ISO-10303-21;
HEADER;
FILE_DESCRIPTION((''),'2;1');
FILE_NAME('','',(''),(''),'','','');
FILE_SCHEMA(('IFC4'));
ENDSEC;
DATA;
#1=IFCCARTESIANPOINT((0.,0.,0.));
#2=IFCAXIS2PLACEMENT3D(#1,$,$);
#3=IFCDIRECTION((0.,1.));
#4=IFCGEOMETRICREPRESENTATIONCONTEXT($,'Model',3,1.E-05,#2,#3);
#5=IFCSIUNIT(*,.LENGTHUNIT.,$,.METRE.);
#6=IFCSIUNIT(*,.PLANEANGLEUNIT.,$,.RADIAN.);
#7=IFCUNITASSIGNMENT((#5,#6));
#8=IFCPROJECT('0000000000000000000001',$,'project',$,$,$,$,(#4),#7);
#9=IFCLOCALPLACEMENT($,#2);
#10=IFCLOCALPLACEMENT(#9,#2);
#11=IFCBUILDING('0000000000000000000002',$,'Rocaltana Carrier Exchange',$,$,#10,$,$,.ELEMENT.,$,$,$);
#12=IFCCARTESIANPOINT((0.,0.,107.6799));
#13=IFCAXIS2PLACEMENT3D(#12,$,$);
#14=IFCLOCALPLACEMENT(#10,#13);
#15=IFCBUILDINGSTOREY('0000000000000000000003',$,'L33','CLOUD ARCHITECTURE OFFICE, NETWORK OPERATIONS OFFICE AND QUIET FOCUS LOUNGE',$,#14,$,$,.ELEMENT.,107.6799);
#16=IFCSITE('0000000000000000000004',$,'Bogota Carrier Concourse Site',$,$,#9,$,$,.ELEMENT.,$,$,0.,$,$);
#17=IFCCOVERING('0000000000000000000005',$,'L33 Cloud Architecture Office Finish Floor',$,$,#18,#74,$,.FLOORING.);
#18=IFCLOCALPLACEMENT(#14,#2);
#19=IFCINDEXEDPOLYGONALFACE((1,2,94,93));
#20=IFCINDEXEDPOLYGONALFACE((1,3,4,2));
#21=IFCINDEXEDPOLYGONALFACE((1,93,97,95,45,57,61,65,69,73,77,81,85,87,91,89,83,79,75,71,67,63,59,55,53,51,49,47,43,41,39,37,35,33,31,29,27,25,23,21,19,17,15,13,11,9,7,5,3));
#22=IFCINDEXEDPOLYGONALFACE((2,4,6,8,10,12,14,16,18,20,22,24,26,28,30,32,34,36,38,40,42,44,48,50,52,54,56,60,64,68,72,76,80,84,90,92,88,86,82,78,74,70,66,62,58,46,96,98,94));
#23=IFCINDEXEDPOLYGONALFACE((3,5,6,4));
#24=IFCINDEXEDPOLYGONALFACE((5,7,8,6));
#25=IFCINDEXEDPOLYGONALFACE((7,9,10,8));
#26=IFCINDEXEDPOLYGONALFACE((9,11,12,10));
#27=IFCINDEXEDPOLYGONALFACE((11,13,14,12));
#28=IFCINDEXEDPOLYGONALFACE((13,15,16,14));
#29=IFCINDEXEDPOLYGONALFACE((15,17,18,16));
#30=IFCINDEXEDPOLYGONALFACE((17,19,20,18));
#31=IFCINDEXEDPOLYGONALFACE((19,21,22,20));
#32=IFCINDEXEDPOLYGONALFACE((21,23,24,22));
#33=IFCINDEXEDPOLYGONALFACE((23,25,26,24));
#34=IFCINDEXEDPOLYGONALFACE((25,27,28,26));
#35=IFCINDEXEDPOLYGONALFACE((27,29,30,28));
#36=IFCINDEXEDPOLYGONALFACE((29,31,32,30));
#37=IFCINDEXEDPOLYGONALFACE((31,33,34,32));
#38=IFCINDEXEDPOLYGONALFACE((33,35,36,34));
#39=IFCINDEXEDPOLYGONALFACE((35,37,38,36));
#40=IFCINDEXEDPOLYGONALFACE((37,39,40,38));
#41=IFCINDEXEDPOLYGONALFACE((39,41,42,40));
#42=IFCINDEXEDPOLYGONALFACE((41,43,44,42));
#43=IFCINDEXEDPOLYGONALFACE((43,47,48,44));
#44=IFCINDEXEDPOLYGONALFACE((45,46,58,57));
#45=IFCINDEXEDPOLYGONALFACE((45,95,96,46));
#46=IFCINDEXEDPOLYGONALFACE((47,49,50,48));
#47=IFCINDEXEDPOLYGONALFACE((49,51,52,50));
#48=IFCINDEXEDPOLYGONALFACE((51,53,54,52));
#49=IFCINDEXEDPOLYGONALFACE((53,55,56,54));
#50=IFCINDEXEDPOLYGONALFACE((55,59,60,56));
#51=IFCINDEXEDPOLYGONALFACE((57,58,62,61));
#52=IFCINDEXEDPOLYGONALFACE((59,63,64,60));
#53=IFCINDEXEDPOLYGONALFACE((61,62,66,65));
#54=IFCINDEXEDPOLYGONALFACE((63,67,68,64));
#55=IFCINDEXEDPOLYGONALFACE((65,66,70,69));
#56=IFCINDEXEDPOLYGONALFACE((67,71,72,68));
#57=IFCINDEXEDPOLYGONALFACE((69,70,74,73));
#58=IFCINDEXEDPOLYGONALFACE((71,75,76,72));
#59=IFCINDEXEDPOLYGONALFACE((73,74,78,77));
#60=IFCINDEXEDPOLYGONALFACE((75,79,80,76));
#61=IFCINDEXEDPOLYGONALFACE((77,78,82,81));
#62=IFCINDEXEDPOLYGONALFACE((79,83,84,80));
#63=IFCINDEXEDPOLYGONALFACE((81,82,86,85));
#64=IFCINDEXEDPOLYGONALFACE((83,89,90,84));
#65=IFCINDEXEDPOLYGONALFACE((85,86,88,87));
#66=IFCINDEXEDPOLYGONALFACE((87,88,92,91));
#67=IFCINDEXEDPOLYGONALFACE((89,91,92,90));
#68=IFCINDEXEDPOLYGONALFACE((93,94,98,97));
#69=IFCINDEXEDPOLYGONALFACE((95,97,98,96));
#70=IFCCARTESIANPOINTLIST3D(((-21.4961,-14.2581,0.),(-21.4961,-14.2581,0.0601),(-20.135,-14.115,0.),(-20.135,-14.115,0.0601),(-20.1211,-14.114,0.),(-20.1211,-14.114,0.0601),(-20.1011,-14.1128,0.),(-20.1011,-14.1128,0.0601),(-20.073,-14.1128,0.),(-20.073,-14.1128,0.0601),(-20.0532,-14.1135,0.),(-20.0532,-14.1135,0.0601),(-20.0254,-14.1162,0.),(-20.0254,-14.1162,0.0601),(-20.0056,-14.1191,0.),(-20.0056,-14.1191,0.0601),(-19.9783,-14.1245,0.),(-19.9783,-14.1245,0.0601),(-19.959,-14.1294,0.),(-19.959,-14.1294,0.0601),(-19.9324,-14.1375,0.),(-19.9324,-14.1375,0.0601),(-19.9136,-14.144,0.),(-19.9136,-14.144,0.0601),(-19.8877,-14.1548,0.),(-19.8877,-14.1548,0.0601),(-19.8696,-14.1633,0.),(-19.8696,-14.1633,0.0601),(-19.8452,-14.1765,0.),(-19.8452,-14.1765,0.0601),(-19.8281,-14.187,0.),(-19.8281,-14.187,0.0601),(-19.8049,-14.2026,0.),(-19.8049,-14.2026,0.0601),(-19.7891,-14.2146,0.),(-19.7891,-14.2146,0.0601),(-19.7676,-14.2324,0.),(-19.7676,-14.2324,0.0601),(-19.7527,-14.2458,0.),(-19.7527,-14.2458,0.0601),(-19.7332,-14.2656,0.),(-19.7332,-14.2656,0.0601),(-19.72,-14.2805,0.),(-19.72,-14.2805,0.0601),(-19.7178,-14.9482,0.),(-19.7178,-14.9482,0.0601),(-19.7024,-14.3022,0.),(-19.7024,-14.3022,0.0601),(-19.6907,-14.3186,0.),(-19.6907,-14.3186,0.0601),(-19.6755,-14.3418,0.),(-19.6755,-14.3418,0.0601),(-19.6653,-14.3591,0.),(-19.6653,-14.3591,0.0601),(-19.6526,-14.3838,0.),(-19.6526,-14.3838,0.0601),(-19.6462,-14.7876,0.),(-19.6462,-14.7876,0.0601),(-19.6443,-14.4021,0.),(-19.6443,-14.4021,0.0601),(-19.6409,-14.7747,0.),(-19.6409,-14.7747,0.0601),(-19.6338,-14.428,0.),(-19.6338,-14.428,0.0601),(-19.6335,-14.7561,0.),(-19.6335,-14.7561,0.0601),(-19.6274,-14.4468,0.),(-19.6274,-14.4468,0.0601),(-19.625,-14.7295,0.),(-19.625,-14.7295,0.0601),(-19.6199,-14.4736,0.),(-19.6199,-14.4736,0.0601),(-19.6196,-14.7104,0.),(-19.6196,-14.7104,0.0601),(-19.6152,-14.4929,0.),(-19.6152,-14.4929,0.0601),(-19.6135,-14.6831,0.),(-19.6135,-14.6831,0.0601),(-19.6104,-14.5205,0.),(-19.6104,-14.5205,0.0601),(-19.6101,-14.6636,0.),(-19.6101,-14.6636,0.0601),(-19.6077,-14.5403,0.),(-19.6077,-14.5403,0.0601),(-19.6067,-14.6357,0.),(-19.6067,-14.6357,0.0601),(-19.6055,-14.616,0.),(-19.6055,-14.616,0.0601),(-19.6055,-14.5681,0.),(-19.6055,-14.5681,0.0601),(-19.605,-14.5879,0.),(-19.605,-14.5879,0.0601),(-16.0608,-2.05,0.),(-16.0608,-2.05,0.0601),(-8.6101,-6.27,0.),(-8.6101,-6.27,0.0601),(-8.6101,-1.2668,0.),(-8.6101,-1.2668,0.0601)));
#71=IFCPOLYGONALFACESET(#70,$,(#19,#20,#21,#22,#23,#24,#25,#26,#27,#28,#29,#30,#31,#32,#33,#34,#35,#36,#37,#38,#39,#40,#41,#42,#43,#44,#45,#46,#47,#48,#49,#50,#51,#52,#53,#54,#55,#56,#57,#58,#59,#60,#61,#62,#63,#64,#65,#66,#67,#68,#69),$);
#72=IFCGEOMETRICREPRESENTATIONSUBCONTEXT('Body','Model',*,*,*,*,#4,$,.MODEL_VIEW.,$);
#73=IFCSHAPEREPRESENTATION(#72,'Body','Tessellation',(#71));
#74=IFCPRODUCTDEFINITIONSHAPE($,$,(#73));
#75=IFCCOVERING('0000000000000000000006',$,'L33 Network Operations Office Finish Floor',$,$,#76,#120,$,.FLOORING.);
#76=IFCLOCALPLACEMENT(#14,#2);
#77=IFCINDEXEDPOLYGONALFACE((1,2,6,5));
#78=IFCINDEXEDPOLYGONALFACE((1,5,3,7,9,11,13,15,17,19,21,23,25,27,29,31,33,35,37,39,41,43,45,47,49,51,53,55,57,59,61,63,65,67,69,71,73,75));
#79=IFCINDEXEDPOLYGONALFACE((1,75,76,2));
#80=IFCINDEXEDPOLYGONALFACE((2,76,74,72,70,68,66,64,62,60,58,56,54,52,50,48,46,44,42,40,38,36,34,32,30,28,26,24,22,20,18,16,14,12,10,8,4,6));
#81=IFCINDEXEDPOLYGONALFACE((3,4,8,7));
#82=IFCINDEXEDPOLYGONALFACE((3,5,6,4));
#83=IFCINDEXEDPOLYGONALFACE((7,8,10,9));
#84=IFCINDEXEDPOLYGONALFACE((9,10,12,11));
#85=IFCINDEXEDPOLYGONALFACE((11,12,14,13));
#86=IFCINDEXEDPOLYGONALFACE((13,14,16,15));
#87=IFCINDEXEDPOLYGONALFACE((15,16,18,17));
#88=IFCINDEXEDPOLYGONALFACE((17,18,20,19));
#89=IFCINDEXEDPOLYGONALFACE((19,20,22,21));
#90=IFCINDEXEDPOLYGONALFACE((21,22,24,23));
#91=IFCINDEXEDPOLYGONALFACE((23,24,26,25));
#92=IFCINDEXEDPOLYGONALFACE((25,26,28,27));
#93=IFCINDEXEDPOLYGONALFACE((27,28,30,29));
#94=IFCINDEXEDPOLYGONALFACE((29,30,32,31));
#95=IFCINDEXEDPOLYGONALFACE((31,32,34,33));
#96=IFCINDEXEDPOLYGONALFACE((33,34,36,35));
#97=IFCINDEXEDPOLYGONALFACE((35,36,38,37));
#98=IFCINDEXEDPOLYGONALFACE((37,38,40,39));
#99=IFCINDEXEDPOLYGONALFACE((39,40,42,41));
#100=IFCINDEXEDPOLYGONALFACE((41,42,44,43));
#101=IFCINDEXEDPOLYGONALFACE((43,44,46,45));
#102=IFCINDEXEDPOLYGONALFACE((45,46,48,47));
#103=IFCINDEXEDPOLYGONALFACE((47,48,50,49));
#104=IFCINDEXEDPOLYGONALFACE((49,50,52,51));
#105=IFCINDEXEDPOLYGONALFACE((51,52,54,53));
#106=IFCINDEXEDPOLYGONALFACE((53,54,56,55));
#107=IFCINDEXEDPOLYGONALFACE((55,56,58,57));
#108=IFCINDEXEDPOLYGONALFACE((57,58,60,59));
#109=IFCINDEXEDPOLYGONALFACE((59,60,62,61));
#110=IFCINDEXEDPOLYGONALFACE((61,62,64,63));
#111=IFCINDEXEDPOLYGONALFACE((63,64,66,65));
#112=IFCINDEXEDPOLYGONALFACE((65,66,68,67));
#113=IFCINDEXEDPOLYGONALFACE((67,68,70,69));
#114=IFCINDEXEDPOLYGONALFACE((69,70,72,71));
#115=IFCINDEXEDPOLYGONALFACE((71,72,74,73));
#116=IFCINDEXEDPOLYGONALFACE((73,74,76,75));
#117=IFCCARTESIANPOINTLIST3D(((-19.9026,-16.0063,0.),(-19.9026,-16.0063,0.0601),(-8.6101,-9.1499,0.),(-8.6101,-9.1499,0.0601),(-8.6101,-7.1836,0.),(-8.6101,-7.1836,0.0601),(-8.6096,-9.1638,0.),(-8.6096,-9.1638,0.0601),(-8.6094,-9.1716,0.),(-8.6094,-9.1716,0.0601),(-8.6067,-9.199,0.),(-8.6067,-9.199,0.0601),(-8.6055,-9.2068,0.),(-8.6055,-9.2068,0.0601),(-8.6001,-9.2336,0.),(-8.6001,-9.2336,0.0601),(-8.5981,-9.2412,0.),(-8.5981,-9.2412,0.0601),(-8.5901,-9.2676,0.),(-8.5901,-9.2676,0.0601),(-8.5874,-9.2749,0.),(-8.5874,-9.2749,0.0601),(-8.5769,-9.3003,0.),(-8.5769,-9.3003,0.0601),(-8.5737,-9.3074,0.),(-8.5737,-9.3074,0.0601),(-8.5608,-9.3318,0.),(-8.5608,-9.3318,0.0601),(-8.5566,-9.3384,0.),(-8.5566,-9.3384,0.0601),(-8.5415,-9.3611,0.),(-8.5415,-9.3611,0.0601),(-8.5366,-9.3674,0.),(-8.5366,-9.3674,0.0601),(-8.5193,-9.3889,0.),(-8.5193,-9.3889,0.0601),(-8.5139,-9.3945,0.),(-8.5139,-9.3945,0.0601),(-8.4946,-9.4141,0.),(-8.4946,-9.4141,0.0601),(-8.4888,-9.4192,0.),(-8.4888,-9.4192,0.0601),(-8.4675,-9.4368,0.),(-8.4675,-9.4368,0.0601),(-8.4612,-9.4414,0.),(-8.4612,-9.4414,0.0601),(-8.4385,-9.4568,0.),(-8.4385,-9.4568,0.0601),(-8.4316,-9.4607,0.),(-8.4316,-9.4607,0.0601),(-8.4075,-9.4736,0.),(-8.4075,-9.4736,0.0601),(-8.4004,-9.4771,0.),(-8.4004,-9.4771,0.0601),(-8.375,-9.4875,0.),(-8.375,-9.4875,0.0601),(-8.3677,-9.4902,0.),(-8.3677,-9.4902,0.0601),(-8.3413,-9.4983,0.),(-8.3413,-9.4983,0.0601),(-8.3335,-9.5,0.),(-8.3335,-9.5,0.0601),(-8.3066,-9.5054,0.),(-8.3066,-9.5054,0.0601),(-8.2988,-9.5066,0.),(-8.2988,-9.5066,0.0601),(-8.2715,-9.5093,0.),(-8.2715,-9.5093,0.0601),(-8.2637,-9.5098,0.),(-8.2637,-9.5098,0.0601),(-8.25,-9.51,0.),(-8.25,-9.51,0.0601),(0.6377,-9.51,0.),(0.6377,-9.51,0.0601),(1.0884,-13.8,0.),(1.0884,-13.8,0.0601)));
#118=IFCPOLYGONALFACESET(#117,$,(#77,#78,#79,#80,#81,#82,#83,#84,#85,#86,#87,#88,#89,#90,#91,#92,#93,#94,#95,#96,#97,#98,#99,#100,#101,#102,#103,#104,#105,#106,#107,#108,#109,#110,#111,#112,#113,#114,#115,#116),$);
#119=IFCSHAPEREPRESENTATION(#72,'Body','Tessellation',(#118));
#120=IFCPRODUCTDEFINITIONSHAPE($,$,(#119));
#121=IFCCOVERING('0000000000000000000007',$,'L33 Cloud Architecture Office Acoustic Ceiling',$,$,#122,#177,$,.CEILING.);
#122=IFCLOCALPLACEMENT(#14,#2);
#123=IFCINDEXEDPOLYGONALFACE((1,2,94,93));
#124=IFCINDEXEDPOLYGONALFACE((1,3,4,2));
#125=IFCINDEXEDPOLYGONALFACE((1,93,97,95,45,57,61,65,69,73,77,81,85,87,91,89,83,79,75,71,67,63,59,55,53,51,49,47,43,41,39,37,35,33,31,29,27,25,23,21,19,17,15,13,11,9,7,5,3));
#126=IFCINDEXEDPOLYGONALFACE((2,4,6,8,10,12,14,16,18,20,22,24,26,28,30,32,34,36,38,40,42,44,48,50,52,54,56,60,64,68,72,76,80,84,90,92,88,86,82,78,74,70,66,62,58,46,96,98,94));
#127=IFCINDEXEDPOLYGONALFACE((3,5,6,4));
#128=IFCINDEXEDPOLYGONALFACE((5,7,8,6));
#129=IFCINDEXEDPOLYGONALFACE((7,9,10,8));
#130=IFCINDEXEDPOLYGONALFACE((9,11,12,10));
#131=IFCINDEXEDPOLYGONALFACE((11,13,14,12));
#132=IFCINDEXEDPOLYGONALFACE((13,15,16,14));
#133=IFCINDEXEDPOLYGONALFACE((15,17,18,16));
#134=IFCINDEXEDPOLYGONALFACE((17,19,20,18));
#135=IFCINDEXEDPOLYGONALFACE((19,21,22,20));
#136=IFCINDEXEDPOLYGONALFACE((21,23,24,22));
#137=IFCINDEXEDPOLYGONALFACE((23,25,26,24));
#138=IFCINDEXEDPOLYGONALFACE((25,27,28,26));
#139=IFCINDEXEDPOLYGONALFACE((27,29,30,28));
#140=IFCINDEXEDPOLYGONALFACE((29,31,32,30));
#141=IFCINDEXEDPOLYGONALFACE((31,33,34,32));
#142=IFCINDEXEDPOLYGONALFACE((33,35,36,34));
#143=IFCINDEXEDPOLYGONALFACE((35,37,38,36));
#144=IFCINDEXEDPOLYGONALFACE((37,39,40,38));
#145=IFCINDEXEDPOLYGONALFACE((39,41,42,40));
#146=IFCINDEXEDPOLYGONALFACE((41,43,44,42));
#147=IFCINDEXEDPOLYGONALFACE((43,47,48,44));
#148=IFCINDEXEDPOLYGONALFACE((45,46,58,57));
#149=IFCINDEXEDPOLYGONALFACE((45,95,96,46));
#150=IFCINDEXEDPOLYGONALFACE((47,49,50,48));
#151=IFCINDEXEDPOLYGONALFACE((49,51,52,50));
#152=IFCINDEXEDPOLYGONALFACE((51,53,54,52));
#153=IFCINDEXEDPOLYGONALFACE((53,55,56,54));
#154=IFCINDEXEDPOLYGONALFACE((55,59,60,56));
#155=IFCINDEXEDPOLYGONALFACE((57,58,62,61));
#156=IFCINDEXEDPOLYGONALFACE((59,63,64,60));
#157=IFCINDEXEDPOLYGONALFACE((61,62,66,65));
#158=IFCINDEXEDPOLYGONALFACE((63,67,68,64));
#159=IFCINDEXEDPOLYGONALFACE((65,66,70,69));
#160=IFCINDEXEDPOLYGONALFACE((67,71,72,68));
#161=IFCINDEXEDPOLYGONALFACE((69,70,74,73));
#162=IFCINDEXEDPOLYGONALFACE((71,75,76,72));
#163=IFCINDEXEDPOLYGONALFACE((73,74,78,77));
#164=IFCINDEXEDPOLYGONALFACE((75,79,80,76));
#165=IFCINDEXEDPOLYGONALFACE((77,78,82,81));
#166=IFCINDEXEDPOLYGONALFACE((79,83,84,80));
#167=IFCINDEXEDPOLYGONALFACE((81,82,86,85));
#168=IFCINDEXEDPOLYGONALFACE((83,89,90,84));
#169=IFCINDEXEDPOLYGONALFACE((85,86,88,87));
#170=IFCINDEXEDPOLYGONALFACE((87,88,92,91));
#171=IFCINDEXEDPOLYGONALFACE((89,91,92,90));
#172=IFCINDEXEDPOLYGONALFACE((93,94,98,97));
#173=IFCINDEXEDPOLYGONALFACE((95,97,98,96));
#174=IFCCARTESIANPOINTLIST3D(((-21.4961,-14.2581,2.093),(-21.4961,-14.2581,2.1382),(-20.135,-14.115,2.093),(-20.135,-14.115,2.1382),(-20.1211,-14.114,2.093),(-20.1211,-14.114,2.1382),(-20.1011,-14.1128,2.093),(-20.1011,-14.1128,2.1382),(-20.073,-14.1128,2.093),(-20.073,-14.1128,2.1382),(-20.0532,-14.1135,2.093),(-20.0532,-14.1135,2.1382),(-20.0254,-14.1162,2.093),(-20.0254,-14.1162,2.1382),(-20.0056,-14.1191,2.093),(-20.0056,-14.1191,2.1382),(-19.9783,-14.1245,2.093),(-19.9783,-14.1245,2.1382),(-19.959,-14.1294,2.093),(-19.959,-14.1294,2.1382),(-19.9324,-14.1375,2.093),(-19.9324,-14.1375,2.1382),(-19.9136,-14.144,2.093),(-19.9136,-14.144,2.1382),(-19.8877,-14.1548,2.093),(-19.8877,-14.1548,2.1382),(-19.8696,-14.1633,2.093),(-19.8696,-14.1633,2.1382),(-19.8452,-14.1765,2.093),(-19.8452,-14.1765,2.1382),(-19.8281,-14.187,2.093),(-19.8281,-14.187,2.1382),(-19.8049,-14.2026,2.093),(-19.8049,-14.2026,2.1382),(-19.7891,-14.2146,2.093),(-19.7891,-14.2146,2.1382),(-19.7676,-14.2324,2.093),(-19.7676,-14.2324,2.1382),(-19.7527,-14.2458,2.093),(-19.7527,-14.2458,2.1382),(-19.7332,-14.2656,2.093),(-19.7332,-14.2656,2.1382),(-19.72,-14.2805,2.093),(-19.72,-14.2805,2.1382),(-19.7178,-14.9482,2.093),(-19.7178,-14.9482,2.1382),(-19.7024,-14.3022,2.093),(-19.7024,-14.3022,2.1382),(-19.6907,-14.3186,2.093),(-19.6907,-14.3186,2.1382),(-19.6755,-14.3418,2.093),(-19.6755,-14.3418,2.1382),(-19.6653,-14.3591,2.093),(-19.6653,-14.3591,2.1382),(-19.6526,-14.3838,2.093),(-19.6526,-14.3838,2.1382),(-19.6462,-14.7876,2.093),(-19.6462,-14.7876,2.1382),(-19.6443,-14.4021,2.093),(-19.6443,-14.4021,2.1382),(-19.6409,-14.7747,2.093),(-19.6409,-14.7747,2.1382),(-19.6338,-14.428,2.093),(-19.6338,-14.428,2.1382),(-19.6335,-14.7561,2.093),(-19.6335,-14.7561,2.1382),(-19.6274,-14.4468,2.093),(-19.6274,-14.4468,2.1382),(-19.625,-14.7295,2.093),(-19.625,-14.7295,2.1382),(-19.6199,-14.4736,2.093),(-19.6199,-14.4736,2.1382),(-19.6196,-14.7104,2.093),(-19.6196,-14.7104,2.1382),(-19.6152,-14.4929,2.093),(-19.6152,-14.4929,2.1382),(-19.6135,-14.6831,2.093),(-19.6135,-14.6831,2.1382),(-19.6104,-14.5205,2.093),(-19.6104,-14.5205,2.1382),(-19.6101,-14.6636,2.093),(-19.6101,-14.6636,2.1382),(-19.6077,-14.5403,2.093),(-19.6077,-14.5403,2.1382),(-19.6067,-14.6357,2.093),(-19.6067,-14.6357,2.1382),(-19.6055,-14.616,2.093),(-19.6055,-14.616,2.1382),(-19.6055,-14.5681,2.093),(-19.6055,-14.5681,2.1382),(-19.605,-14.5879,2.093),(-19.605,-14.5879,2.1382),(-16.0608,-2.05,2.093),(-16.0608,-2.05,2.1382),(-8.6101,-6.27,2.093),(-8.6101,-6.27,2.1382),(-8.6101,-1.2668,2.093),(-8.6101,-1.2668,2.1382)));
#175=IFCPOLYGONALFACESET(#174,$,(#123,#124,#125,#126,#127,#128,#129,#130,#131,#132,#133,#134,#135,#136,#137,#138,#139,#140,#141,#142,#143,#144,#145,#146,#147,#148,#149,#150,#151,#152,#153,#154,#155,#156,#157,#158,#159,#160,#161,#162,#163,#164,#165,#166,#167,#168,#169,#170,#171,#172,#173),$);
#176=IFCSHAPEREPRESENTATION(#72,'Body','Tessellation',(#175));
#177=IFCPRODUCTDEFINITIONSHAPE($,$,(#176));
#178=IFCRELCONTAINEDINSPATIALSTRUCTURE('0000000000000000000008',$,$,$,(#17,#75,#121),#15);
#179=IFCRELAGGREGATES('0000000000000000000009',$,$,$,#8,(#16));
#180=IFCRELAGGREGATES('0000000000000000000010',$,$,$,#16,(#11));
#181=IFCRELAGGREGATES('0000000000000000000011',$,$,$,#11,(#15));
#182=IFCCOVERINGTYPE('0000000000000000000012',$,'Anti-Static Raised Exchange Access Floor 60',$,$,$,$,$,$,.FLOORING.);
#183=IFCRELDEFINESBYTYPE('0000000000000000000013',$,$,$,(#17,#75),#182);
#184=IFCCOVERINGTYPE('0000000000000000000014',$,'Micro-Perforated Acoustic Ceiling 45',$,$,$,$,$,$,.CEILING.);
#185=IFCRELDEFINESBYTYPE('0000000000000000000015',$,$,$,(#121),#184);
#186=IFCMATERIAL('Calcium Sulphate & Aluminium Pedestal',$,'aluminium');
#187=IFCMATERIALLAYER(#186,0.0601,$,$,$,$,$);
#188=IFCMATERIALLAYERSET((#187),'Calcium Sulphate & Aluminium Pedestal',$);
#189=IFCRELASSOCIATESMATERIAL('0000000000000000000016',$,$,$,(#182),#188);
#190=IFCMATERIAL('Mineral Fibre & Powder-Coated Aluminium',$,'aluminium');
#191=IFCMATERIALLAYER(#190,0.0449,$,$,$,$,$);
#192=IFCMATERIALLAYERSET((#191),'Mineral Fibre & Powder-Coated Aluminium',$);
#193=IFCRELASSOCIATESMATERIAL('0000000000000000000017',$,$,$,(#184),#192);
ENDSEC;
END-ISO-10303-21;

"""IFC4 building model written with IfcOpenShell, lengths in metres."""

from ifc_helpers import new_model, si_unit, direction, frame, origin, place, context, subcontext, project, spatial, polyline, outline, extrude, material, layer, layer_set, type_object, element, save


model = new_model("IFC4")

# Units and contexts
model_context = context("Model", 3, precision=1e-05, world=origin(), true_north=direction((0.0, 1.0)))
body_context = subcontext(model_context, "Body", "Model", "MODEL_VIEW")
ifc_project = project(units=[si_unit("LENGTHUNIT", "METRE"), si_unit("PLANEANGLEUNIT", "RADIAN")], contexts=[model_context])

# Site, building, storey
site_placement = place(None, origin())
site = spatial("IfcSite", under=ifc_project, at=site_placement, Name="Bogota Carrier Concourse Site", CompositionType="ELEMENT", RefElevation=0.0)
building_placement = place(site_placement, origin())
building = spatial("IfcBuilding", under=site, at=building_placement, Name="Rocaltana Carrier Exchange", CompositionType="ELEMENT")
storey_placement = place(building_placement, frame((0.0, 0.0, 107.6799)))
storey = spatial("IfcBuildingStorey", under=building, at=storey_placement, Name="L33", Description="CLOUD ARCHITECTURE OFFICE, NETWORK OPERATIONS OFFICE AND QUIET FOCUS LOUNGE", CompositionType="ELEMENT", Elevation=107.6799)

# Coverings
ifc_material_1 = material(Name="Calcium Sulphate & Aluminium Pedestal", Category="aluminium")
ifc_layer_1 = layer(ifc_material_1, 0.0601)
ifc_layer_set_1 = layer_set([ifc_layer_1], Name="Calcium Sulphate & Aluminium Pedestal")
covering_type_1 = type_object("IfcCoveringType", Name="Anti-Static Raised Exchange Access Floor 60", PredefinedType="FLOORING", material=ifc_layer_set_1)
covering_1_placement = place(storey_placement, origin())
element("IfcCovering", 1, at=covering_1_placement, inside=storey, type_object=covering_type_1, Name="L33 Cloud Architecture Office Finish Floor", PredefinedType="FLOORING", context=body_context, shape_type="SweptSolid", body=[
    extrude(outline(polyline([(-19.6462, -14.7876), (-19.6409, -14.7747), (-19.6335, -14.7561), (-19.625, -14.7295), (-19.6196, -14.7104), (-19.6135, -14.6831), (-19.6101, -14.6636), (-19.6067, -14.6357), (-19.6055, -14.616), (-19.605, -14.5879), (-19.6055, -14.5681), (-19.6077, -14.5403), (-19.6104, -14.5205), (-19.6152, -14.4929), (-19.6199, -14.4736), (-19.6274, -14.4468), (-19.6338, -14.428), (-19.6443, -14.4021), (-19.6526, -14.3838), (-19.6653, -14.3591), (-19.6755, -14.3418), (-19.6907, -14.3186), (-19.7024, -14.3022), (-19.72, -14.2805), (-19.7332, -14.2656), (-19.7527, -14.2458), (-19.7676, -14.2324), (-19.7891, -14.2146), (-19.8049, -14.2026), (-19.8281, -14.187), (-19.8452, -14.1765), (-19.8696, -14.1633), (-19.8877, -14.1548), (-19.9136, -14.144), (-19.9324, -14.1375), (-19.959, -14.1294), (-19.9783, -14.1245), (-20.0056, -14.1191), (-20.0254, -14.1162), (-20.0532, -14.1135), (-20.073, -14.1128), (-20.1011, -14.1128), (-20.1211, -14.114), (-20.135, -14.115), (-21.4961, -14.2581), (-16.0608, -2.05), (-8.6101, -1.2668), (-8.6101, -6.27), (-19.7178, -14.9482), (-19.6462, -14.7876)])), origin(), (0.0, 0.0, 1.0), 0.0601),
])
covering_2_placement = place(storey_placement, origin())
element("IfcCovering", 2, at=covering_2_placement, inside=storey, type_object=covering_type_1, Name="L33 Network Operations Office Finish Floor", PredefinedType="FLOORING", context=body_context, shape_type="SweptSolid", body=[
    extrude(outline(polyline([(-19.9026, -16.0063), (-8.6101, -7.1836), (-8.6101, -9.1499), (-8.6096, -9.1638), (-8.6094, -9.1716), (-8.6067, -9.199), (-8.6055, -9.2068), (-8.6001, -9.2336), (-8.5981, -9.2412), (-8.5901, -9.2676), (-8.5874, -9.2749), (-8.5769, -9.3003), (-8.5737, -9.3074), (-8.5608, -9.3318), (-8.5566, -9.3384), (-8.5415, -9.3611), (-8.5366, -9.3674), (-8.5193, -9.3889), (-8.5139, -9.3945), (-8.4946, -9.4141), (-8.4888, -9.4192), (-8.4675, -9.4368), (-8.4612, -9.4414), (-8.4385, -9.4568), (-8.4316, -9.4607), (-8.4075, -9.4736), (-8.4004, -9.4771), (-8.375, -9.4875), (-8.3677, -9.4902), (-8.3413, -9.4983), (-8.3335, -9.5), (-8.3066, -9.5054), (-8.2988, -9.5066), (-8.2715, -9.5093), (-8.2637, -9.5098), (-8.25, -9.51), (0.6377, -9.51), (1.0884, -13.8), (-19.9026, -16.0063)])), origin(), (0.0, 0.0, 1.0), 0.0601),
])
ifc_material_2 = material(Name="Mineral Fibre & Powder-Coated Aluminium", Category="aluminium")
ifc_layer_2 = layer(ifc_material_2, 0.0449)
ifc_layer_set_2 = layer_set([ifc_layer_2], Name="Mineral Fibre & Powder-Coated Aluminium")
covering_type_2 = type_object("IfcCoveringType", Name="Micro-Perforated Acoustic Ceiling 45", PredefinedType="CEILING", material=ifc_layer_set_2)
covering_3_placement = place(storey_placement, frame((0.0, 0.0, 2.093)))
element("IfcCovering", 3, at=covering_3_placement, inside=storey, type_object=covering_type_2, Name="L33 Cloud Architecture Office Acoustic Ceiling", PredefinedType="CEILING", context=body_context, shape_type="SweptSolid", body=[
    extrude(outline(polyline([(-19.6462, -14.7876), (-19.6409, -14.7747), (-19.6335, -14.7561), (-19.625, -14.7295), (-19.6196, -14.7104), (-19.6135, -14.6831), (-19.6101, -14.6636), (-19.6067, -14.6357), (-19.6055, -14.616), (-19.605, -14.5879), (-19.6055, -14.5681), (-19.6077, -14.5403), (-19.6104, -14.5205), (-19.6152, -14.4929), (-19.6199, -14.4736), (-19.6274, -14.4468), (-19.6338, -14.428), (-19.6443, -14.4021), (-19.6526, -14.3838), (-19.6653, -14.3591), (-19.6755, -14.3418), (-19.6907, -14.3186), (-19.7024, -14.3022), (-19.72, -14.2805), (-19.7332, -14.2656), (-19.7527, -14.2458), (-19.7676, -14.2324), (-19.7891, -14.2146), (-19.8049, -14.2026), (-19.8281, -14.187), (-19.8452, -14.1765), (-19.8696, -14.1633), (-19.8877, -14.1548), (-19.9136, -14.144), (-19.9324, -14.1375), (-19.959, -14.1294), (-19.9783, -14.1245), (-20.0056, -14.1191), (-20.0254, -14.1162), (-20.0532, -14.1135), (-20.073, -14.1128), (-20.1011, -14.1128), (-20.1211, -14.114), (-20.135, -14.115), (-21.4961, -14.2581), (-16.0608, -2.05), (-8.6101, -1.2668), (-8.6101, -6.27), (-19.7178, -14.9482), (-19.6462, -14.7876)])), origin(), (0.0, 0.0, 1.0), 0.0452),
])

save(model, "model.ifc")
